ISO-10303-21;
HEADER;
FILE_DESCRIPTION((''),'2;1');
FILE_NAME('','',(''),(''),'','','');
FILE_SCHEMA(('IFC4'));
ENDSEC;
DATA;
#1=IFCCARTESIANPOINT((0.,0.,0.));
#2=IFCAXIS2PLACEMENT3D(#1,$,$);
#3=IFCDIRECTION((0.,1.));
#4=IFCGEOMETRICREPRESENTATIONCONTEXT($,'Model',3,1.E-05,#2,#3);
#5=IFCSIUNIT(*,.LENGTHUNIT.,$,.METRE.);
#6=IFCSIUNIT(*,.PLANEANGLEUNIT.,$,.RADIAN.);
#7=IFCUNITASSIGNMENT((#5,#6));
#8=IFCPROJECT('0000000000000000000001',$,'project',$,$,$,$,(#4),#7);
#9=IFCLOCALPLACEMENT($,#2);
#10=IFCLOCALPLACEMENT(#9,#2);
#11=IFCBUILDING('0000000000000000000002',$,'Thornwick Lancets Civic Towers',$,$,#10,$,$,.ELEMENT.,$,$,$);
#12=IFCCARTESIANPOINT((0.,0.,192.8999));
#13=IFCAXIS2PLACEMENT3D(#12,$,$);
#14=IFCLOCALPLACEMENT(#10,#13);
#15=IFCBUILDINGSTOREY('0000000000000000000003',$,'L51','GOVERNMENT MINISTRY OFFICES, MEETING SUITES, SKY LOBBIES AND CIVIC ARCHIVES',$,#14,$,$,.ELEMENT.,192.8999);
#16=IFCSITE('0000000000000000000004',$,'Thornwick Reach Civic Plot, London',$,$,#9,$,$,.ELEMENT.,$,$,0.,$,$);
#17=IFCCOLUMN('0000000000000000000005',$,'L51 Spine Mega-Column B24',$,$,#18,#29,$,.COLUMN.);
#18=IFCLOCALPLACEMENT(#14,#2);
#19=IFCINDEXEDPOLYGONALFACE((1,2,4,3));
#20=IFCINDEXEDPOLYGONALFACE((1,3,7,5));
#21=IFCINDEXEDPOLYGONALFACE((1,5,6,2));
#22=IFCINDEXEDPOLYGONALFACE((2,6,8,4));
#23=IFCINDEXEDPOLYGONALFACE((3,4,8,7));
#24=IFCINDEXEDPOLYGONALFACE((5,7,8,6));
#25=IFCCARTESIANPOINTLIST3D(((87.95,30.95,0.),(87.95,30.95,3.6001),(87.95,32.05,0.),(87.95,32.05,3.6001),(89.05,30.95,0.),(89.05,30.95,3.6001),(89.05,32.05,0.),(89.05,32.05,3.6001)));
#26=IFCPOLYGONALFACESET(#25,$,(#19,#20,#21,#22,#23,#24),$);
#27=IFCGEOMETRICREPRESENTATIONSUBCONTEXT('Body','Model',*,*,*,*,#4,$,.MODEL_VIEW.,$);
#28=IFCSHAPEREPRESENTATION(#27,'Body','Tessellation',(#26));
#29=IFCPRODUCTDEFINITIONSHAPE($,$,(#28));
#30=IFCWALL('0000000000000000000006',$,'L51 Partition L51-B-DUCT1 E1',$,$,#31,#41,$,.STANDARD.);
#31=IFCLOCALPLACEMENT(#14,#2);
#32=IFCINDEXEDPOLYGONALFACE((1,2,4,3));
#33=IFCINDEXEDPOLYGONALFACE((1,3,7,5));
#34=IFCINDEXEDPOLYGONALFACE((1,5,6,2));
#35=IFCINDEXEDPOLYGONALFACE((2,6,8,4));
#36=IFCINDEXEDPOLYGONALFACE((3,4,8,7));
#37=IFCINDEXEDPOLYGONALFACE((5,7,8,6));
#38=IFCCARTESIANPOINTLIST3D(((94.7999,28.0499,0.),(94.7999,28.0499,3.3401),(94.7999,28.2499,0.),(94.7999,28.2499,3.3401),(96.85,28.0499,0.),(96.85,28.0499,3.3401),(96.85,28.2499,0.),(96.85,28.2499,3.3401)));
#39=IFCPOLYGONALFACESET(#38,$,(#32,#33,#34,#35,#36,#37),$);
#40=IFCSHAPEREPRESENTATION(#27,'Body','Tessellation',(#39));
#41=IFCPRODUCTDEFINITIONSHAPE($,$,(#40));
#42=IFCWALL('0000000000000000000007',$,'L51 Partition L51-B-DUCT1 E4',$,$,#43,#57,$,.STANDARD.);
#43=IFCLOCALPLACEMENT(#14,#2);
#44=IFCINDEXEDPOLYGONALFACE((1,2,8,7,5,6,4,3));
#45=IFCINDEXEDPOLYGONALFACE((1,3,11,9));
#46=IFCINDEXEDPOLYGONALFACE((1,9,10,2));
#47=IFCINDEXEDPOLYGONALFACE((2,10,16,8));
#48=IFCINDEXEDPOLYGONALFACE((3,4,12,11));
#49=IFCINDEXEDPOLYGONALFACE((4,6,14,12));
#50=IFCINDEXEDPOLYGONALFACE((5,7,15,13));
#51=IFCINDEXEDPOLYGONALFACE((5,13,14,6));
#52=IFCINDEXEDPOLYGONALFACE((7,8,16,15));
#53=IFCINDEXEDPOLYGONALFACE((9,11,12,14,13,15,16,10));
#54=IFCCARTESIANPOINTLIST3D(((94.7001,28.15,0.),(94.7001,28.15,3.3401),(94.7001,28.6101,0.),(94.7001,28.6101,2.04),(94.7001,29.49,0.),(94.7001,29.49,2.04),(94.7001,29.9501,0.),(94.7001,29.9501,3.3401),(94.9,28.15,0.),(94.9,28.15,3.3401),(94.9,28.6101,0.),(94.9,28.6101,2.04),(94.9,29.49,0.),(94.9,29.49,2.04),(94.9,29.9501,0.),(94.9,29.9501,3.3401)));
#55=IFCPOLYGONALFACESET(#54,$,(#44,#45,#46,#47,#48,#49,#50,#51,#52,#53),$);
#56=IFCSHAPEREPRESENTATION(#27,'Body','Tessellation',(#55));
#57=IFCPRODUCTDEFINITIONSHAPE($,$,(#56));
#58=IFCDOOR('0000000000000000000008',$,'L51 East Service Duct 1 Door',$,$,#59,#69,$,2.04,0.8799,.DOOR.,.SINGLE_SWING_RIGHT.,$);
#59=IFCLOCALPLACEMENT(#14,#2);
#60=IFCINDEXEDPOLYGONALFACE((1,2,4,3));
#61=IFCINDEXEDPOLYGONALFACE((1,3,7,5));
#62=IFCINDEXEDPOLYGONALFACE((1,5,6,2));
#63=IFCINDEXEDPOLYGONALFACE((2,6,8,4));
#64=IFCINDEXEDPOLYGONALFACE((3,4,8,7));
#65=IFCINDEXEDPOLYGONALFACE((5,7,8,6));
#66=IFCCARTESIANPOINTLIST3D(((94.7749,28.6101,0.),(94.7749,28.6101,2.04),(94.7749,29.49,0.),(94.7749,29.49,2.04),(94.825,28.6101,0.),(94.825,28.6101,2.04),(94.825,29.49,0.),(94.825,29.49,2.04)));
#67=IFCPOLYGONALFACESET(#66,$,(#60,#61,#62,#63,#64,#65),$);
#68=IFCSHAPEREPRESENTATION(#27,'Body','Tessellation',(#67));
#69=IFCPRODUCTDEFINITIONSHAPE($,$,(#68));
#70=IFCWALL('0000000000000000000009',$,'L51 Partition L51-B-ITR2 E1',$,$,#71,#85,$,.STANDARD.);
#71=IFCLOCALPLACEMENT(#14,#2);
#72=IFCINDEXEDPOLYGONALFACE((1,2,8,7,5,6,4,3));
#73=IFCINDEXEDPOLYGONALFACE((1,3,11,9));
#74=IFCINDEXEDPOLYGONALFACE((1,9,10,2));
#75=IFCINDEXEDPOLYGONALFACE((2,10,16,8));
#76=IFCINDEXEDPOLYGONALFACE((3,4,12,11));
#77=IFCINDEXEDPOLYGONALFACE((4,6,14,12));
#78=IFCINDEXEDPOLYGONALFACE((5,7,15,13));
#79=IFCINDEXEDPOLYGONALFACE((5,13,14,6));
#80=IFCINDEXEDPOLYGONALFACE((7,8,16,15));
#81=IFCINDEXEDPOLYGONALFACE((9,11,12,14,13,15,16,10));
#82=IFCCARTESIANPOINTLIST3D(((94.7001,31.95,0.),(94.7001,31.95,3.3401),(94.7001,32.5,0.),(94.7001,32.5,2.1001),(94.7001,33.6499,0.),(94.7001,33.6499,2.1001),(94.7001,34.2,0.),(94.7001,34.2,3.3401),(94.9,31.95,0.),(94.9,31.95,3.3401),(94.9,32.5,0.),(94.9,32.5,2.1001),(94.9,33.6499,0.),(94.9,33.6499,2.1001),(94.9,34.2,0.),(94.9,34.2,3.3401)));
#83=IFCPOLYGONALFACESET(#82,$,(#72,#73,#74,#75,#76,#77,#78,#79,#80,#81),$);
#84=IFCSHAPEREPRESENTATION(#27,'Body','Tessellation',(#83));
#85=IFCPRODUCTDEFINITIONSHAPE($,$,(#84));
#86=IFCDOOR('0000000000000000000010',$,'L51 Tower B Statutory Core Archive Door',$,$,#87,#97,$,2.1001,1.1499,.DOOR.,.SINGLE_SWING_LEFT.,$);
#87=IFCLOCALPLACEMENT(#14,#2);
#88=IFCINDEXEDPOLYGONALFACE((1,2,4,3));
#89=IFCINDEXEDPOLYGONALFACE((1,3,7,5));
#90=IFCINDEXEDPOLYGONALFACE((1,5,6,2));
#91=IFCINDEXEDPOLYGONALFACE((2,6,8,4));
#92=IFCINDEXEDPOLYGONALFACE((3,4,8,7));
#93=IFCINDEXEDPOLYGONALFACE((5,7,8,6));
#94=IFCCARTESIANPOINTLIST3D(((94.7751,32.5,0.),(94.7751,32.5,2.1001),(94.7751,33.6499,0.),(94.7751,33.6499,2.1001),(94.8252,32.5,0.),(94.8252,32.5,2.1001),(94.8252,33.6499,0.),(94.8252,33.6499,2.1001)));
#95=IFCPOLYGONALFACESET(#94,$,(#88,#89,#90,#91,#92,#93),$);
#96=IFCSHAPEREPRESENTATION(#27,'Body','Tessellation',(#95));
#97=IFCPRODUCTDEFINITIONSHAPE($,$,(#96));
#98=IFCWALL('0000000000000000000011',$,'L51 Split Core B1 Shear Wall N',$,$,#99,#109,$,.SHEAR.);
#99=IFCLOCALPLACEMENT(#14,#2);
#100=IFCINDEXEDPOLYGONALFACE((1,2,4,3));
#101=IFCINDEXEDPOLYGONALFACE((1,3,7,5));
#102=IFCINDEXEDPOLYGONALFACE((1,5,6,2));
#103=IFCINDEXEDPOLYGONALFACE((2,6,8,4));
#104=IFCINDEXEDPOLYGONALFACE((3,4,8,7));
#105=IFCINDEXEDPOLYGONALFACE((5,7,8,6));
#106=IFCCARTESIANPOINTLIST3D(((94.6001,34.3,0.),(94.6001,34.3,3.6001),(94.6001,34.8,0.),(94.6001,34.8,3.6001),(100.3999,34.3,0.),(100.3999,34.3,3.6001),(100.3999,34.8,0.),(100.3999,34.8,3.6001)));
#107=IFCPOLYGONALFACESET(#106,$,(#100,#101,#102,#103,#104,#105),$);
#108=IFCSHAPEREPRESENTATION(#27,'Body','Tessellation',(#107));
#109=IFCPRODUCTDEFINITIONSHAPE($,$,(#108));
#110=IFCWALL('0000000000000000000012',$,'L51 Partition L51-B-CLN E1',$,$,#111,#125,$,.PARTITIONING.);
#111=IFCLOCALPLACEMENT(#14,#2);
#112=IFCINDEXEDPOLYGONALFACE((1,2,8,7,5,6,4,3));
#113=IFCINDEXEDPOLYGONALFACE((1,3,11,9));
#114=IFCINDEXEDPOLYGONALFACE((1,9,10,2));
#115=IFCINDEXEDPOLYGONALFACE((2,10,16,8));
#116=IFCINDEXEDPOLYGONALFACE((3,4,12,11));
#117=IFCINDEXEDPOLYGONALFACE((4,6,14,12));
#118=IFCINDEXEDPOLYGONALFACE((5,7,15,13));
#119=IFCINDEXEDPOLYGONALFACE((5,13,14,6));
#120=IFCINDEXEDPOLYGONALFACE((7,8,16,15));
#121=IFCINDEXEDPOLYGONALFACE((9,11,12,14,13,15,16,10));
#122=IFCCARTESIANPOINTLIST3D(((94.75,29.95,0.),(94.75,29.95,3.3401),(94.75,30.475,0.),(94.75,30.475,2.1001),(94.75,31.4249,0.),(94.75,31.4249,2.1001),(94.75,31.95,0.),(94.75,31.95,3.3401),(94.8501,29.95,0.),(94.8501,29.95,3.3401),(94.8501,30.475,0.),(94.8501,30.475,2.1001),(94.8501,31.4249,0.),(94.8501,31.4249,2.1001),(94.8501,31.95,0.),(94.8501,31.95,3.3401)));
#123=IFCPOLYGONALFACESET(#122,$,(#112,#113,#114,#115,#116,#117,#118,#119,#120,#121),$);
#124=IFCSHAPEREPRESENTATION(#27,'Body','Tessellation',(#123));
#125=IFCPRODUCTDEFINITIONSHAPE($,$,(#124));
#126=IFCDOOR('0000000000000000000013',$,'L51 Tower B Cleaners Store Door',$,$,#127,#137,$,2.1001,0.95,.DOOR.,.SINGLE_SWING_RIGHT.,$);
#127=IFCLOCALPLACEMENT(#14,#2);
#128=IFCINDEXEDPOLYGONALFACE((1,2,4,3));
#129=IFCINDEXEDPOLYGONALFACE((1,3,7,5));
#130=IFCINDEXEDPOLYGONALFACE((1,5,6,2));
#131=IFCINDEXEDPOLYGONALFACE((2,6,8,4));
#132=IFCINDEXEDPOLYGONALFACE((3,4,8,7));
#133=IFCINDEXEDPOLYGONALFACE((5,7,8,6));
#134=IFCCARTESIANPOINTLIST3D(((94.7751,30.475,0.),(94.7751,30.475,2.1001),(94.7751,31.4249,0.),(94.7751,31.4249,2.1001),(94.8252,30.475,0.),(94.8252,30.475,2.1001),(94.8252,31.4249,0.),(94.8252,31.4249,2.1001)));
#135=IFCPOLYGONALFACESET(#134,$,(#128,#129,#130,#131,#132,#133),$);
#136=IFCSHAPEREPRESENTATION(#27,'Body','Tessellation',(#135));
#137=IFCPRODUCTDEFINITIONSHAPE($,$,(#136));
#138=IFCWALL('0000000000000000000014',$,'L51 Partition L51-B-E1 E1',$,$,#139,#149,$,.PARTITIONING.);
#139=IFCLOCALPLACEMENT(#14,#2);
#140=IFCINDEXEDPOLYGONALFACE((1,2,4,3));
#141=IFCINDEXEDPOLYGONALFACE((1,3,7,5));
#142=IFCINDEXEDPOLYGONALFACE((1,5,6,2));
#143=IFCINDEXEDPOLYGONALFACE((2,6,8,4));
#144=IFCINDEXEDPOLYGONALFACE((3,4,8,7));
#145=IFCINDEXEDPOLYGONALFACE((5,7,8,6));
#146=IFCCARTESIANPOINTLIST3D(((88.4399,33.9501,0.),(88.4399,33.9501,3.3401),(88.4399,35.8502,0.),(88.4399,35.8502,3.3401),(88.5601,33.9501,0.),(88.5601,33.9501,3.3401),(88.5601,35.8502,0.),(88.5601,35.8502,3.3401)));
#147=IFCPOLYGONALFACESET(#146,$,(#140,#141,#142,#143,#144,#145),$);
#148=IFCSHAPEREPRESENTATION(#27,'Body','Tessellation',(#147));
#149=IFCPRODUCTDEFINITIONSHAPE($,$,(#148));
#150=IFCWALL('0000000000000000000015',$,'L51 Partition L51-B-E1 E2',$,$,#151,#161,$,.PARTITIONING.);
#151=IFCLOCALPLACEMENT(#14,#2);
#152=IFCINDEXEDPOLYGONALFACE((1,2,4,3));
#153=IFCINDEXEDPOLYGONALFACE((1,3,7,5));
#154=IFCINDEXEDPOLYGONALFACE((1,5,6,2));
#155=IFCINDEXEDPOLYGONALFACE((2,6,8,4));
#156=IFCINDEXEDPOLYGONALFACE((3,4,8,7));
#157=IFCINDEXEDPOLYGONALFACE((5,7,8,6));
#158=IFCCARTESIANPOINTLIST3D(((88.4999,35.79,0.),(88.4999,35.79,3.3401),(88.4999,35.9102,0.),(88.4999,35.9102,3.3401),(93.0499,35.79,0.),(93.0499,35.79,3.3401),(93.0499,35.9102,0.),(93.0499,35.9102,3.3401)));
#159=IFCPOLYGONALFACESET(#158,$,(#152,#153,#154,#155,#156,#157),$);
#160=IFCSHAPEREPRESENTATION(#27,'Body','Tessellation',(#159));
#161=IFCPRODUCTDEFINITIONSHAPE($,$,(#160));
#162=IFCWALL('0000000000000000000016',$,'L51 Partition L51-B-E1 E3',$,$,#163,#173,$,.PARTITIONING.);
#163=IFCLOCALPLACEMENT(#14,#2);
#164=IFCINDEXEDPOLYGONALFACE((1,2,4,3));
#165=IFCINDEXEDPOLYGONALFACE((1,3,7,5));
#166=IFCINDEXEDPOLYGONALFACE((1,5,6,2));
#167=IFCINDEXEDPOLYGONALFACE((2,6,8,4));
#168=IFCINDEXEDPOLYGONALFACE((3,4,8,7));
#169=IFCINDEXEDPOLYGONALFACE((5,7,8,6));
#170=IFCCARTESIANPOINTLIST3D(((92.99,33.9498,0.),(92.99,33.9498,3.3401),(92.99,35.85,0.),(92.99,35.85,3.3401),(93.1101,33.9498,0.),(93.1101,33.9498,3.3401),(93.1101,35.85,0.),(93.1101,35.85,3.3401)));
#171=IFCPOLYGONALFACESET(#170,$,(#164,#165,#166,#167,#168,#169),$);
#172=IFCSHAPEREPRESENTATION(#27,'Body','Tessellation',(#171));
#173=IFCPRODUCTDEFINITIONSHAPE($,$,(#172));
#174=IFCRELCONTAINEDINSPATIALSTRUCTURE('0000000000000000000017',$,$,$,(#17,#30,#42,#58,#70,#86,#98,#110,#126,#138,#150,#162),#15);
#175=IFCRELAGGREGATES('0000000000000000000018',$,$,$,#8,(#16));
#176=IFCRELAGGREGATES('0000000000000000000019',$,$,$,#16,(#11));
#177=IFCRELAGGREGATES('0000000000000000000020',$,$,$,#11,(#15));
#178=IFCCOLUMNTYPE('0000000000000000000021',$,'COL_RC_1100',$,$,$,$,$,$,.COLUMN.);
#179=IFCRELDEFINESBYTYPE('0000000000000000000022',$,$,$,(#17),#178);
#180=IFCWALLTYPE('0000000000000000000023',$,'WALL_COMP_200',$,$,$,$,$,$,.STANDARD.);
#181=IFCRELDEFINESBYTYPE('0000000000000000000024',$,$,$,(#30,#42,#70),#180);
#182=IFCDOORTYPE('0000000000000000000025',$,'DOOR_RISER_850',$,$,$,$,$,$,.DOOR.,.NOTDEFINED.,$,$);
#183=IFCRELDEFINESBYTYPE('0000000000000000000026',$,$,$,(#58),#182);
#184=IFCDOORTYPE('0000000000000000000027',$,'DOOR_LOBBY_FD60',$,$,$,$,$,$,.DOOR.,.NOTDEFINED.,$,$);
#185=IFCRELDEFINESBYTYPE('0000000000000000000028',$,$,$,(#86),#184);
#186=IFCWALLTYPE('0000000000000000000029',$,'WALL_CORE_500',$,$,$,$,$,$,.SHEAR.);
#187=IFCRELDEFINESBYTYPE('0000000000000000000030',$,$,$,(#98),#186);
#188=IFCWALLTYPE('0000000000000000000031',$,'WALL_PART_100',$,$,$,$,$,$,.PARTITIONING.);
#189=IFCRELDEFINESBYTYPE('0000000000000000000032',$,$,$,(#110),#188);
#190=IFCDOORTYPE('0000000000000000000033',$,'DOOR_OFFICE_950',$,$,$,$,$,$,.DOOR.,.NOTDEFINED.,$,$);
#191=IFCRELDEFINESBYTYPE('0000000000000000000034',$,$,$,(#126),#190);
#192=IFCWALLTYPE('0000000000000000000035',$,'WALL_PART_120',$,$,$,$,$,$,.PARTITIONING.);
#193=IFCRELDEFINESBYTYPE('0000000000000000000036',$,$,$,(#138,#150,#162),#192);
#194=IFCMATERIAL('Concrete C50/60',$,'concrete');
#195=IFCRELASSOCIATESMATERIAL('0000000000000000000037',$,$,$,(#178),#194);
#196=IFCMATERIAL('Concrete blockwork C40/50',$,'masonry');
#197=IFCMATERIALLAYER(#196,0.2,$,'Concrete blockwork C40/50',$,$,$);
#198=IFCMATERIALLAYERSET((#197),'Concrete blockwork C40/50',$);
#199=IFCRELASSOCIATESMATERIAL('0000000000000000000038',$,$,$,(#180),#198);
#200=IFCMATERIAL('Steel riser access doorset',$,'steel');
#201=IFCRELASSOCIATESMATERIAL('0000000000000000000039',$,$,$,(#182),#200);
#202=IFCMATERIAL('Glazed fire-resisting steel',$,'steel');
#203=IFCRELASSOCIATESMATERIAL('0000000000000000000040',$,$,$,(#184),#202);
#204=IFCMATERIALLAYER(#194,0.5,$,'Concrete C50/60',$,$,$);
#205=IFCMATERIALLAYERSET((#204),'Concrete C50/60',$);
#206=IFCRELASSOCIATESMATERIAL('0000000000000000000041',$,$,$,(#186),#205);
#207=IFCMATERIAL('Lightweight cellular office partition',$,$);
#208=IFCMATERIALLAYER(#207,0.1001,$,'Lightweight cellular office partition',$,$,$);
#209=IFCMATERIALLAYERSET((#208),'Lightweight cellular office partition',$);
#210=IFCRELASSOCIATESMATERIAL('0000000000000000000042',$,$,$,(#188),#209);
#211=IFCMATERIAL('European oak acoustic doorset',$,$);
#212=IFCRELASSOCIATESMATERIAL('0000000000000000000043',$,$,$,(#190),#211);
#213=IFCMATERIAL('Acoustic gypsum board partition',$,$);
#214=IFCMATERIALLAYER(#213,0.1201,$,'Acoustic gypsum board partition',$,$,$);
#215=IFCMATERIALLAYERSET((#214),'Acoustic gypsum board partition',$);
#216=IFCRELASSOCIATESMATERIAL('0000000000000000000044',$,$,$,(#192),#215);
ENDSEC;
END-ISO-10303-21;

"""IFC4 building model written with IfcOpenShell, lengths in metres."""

from ifc_helpers import new_model, si_unit, direction, frame, frame_2d, origin, origin_2d, place, context, subcontext, project, spatial, rectangle, extrude, material, layer, layer_set, material_profile, profile_set, type_object, element, fill, save


model = new_model("IFC4")

# Units and contexts
model_context = context("Model", 3, precision=1e-05, world=origin(), true_north=direction((0.0, 1.0)))
body_context = subcontext(model_context, "Body", "Model", "MODEL_VIEW")
ifc_project = project(units=[si_unit("LENGTHUNIT", "METRE"), si_unit("PLANEANGLEUNIT", "RADIAN")], contexts=[model_context])

# Site, building, storey
site_placement = place(None, origin())
site = spatial("IfcSite", under=ifc_project, at=site_placement, Name="Thornwick Reach Civic Plot, London", CompositionType="ELEMENT", RefElevation=0.0)
building_placement = place(site_placement, origin())
building = spatial("IfcBuilding", under=site, at=building_placement, Name="Thornwick Lancets Civic Towers", CompositionType="ELEMENT")
storey_placement = place(building_placement, frame((0.0, 0.0, 192.8999)))
storey = spatial("IfcBuildingStorey", under=building, at=storey_placement, Name="L51", Description="GOVERNMENT MINISTRY OFFICES, MEETING SUITES, SKY LOBBIES AND CIVIC ARCHIVES", CompositionType="ELEMENT", Elevation=192.8999)

# Column
ifc_material_1 = material(Name="Concrete C50/60", Category="concrete")
ifc_material_profile = material_profile(ifc_material_1, rectangle(XDim=1.1001, YDim=1.1001, at=origin_2d()), Name="RC 1100x1100")
ifc_profile_set = profile_set([ifc_material_profile], Name="Concrete C50/60")
column_type = type_object("IfcColumnType", Name="COL_RC_1100", PredefinedType="COLUMN", material=ifc_profile_set)
column_placement = place(storey_placement, frame((88.5, 31.5, 0.0), z_axis=(0.0, 0.0, 1.0), x_axis=(1.0, 0.0, 0.0)))
element("IfcColumn", 1, at=column_placement, inside=storey, type_object=column_type, Name="L51 Spine Mega-Column B24", PredefinedType="COLUMN", context=body_context, shape_type="SweptSolid", body=[
    extrude(rectangle(XDim=1.1001, YDim=1.1001, at=origin_2d()), origin(), (0.0, 0.0, 1.0), 3.6001),
])

# Wall
ifc_material_2 = material(Name="Concrete blockwork C40/50", Category="masonry")
ifc_layer_1 = layer(ifc_material_2, 0.2, Name="Concrete blockwork C40/50")
ifc_layer_set_1 = layer_set([ifc_layer_1], Name="Concrete blockwork C40/50")
wall_type_1 = type_object("IfcWallType", Name="WALL_COMP_200", PredefinedType="STANDARD", material=ifc_layer_set_1)
wall_1_placement = place(storey_placement, frame((94.8, 28.1499, 0.0), z_axis=(0.0, 0.0, 1.0), x_axis=(1.0, 0.0, 0.0)))
element("IfcWall", 2, at=wall_1_placement, inside=storey, type_object=wall_type_1, Name="L51 Partition L51-B-DUCT1 E1", PredefinedType="STANDARD", context=body_context, shape_type="SweptSolid", body=[
    extrude(rectangle(XDim=2.05, YDim=0.2, at=frame_2d((1.0249, 0.0))), origin(), (0.0, 0.0, 1.0), 3.3401),
])

# Walls, openings, doors
wall_2_placement = place(storey_placement, frame((94.8, 29.95, 0.0), z_axis=(0.0, 0.0, 1.0), x_axis=(0.0, -1.0, 0.0)))
wall_2 = element("IfcWall", 3, at=wall_2_placement, inside=storey, type_object=wall_type_1, Name="L51 Partition L51-B-DUCT1 E4", PredefinedType="STANDARD", context=body_context, shape_type="SweptSolid", body=[
    extrude(rectangle(XDim=1.8, YDim=0.2, at=frame_2d((0.8999, 0.0))), origin(), (0.0, 0.0, 1.0), 3.3401),
])
opening_1_placement = place(wall_2_placement, frame((0.46, 0.0, 0.0)))
opening_1 = element("IfcOpeningElement", 4, at=opening_1_placement, cuts=wall_2, PredefinedType="OPENING", context=body_context, shape_type="SweptSolid", body=[
    extrude(rectangle(XDim=0.8799, YDim=2.04, at=frame_2d((0.4399, 1.02))), frame((0.0, 0.1099, 0.0), z_axis=(0.0, -1.0, 0.0), x_axis=(1.0, 0.0, 0.0)), (0.0, 0.0, 1.0), 0.22),
])
ifc_material_3 = material(Name="Steel riser access doorset", Category="steel")
door_type_1 = type_object("IfcDoorType", Name="DOOR_RISER_850", OperationType="NOTDEFINED", PredefinedType="DOOR", material=ifc_material_3)
door_1_placement = place(opening_1_placement, origin())
door_1 = element("IfcDoor", 5, at=door_1_placement, inside=storey, type_object=door_type_1, Name="L51 East Service Duct 1 Door", OperationType="SINGLE_SWING_RIGHT", OverallHeight=2.04, OverallWidth=0.8799, PredefinedType="DOOR", context=body_context, shape_type="SweptSolid", body=[
    extrude(rectangle(XDim=0.8799, YDim=2.04, at=frame_2d((0.4399, 1.02))), frame((0.0, 0.0249, 0.0), z_axis=(0.0, -1.0, 0.0), x_axis=(1.0, 0.0, 0.0)), (0.0, 0.0, 1.0), 0.05),
])
fill(opening_1, door_1)
wall_3_placement = place(storey_placement, frame((94.8, 31.95, 0.0), z_axis=(0.0, 0.0, 1.0), x_axis=(0.0, 1.0, 0.0)))
wall_3 = element("IfcWall", 6, at=wall_3_placement, inside=storey, type_object=wall_type_1, Name="L51 Partition L51-B-ITR2 E1", PredefinedType="STANDARD", context=body_context, shape_type="SweptSolid", body=[
    extrude(rectangle(XDim=2.25, YDim=0.2, at=frame_2d((1.125, 0.0))), origin(), (0.0, 0.0, 1.0), 3.3401),
])
opening_2_placement = place(wall_3_placement, frame((0.55, 0.0, 0.0)))
opening_2 = element("IfcOpeningElement", 7, at=opening_2_placement, cuts=wall_3, PredefinedType="OPENING", context=body_context, shape_type="SweptSolid", body=[
    extrude(rectangle(XDim=1.1499, YDim=2.1001, at=frame_2d((0.575, 1.05))), frame((0.0, 0.1099, 0.0), z_axis=(0.0, -1.0, 0.0), x_axis=(1.0, 0.0, 0.0)), (0.0, 0.0, 1.0), 0.22),
])
ifc_material_4 = material(Name="Glazed fire-resisting steel", Category="steel")
door_type_2 = type_object("IfcDoorType", Name="DOOR_LOBBY_FD60", OperationType="NOTDEFINED", PredefinedType="DOOR", material=ifc_material_4)
door_2_placement = place(opening_2_placement, origin())
door_2 = element("IfcDoor", 8, at=door_2_placement, inside=storey, type_object=door_type_2, Name="L51 Tower B Statutory Core Archive Door", OperationType="SINGLE_SWING_LEFT", OverallHeight=2.1001, OverallWidth=1.1499, PredefinedType="DOOR", context=body_context, shape_type="SweptSolid", body=[
    extrude(rectangle(XDim=1.1499, YDim=2.1001, at=frame_2d((0.575, 1.05))), frame((0.0, 0.0249, 0.0), z_axis=(0.0, -1.0, 0.0), x_axis=(1.0, 0.0, 0.0)), (0.0, 0.0, 1.0), 0.05),
])
fill(opening_2, door_2)

# Wall
ifc_layer_2 = layer(ifc_material_1, 0.5, Name="Concrete C50/60")
ifc_layer_set_2 = layer_set([ifc_layer_2], Name="Concrete C50/60")
wall_type_2 = type_object("IfcWallType", Name="WALL_CORE_500", PredefinedType="SHEAR", material=ifc_layer_set_2)
wall_4_placement = place(storey_placement, frame((94.6001, 34.55, 0.0), z_axis=(0.0, 0.0, 1.0), x_axis=(1.0, 0.0, 0.0)))
element("IfcWall", 9, at=wall_4_placement, inside=storey, type_object=wall_type_2, Name="L51 Split Core B1 Shear Wall N", PredefinedType="SHEAR", context=body_context, shape_type="SweptSolid", body=[
    extrude(rectangle(XDim=5.7998, YDim=0.5, at=frame_2d((2.8999, 0.0))), origin(), (0.0, 0.0, 1.0), 3.6001),
])

# Wall, opening, door
ifc_material_5 = material(Name="Lightweight cellular office partition")
ifc_layer_3 = layer(ifc_material_5, 0.1001, Name="Lightweight cellular office partition")
ifc_layer_set_3 = layer_set([ifc_layer_3], Name="Lightweight cellular office partition")
wall_type_3 = type_object("IfcWallType", Name="WALL_PART_100", PredefinedType="PARTITIONING", material=ifc_layer_set_3)
wall_5_placement = place(storey_placement, frame((94.8, 29.95, 0.0), z_axis=(0.0, 0.0, 1.0), x_axis=(0.0, 1.0, 0.0)))
wall_5 = element("IfcWall", 10, at=wall_5_placement, inside=storey, type_object=wall_type_3, Name="L51 Partition L51-B-CLN E1", PredefinedType="PARTITIONING", context=body_context, shape_type="SweptSolid", body=[
    extrude(rectangle(XDim=2.0, YDim=0.1001, at=frame_2d((1.0, 0.0))), origin(), (0.0, 0.0, 1.0), 3.3401),
])
opening_3_placement = place(wall_5_placement, frame((0.5249, 0.0, 0.0)))
opening_3 = element("IfcOpeningElement", 11, at=opening_3_placement, cuts=wall_5, PredefinedType="OPENING", context=body_context, shape_type="SweptSolid", body=[
    extrude(rectangle(XDim=0.95, YDim=2.1001, at=frame_2d((0.4751, 1.05))), frame((0.0, 0.0601, 0.0), z_axis=(0.0, -1.0, 0.0), x_axis=(1.0, 0.0, 0.0)), (0.0, 0.0, 1.0), 0.1201),
])
ifc_material_6 = material(Name="European oak acoustic doorset")
door_type_3 = type_object("IfcDoorType", Name="DOOR_OFFICE_950", OperationType="NOTDEFINED", PredefinedType="DOOR", material=ifc_material_6)
door_3_placement = place(opening_3_placement, origin())
door_3 = element("IfcDoor", 12, at=door_3_placement, inside=storey, type_object=door_type_3, Name="L51 Tower B Cleaners Store Door", OperationType="SINGLE_SWING_RIGHT", OverallHeight=2.1001, OverallWidth=0.95, PredefinedType="DOOR", context=body_context, shape_type="SweptSolid", body=[
    extrude(rectangle(XDim=0.95, YDim=2.1001, at=frame_2d((0.4751, 1.05))), frame((0.0, 0.0249, 0.0), z_axis=(0.0, -1.0, 0.0), x_axis=(1.0, 0.0, 0.0)), (0.0, 0.0, 1.0), 0.05),
])
fill(opening_3, door_3)

# Walls
ifc_material_7 = material(Name="Acoustic gypsum board partition")
ifc_layer_4 = layer(ifc_material_7, 0.1201, Name="Acoustic gypsum board partition")
ifc_layer_set_4 = layer_set([ifc_layer_4], Name="Acoustic gypsum board partition")
wall_type_4 = type_object("IfcWallType", Name="WALL_PART_120", PredefinedType="PARTITIONING", material=ifc_layer_set_4)
wall_6_placement = place(storey_placement, frame((88.5, 33.95, 0.0), z_axis=(0.0, 0.0, 1.0), x_axis=(0.0, 1.0, 0.0)))
element("IfcWall", 13, at=wall_6_placement, inside=storey, type_object=wall_type_4, Name="L51 Partition L51-B-E1 E1", PredefinedType="PARTITIONING", context=body_context, shape_type="SweptSolid", body=[
    extrude(rectangle(XDim=1.9001, YDim=0.1201, at=frame_2d((0.9502, 0.0))), origin(), (0.0, 0.0, 1.0), 3.3401),
])
wall_7_placement = place(storey_placement, frame((88.5, 35.8501, 0.0), z_axis=(0.0, 0.0, 1.0), x_axis=(1.0, 0.0, 0.0)))
element("IfcWall", 14, at=wall_7_placement, inside=storey, type_object=wall_type_4, Name="L51 Partition L51-B-E1 E2", PredefinedType="PARTITIONING", context=body_context, shape_type="SweptSolid", body=[
    extrude(rectangle(XDim=4.55, YDim=0.1201, at=frame_2d((2.2749, 0.0))), origin(), (0.0, 0.0, 1.0), 3.3401),
])
wall_8_placement = place(storey_placement, frame((93.05, 35.8501, 0.0), z_axis=(0.0, 0.0, 1.0), x_axis=(0.0, -1.0, 0.0)))
element("IfcWall", 15, at=wall_8_placement, inside=storey, type_object=wall_type_4, Name="L51 Partition L51-B-E1 E3", PredefinedType="PARTITIONING", context=body_context, shape_type="SweptSolid", body=[
    extrude(rectangle(XDim=1.9001, YDim=0.1201, at=frame_2d((0.9502, 0.0))), origin(), (0.0, 0.0, 1.0), 3.3401),
])

save(model, "model.ifc")
